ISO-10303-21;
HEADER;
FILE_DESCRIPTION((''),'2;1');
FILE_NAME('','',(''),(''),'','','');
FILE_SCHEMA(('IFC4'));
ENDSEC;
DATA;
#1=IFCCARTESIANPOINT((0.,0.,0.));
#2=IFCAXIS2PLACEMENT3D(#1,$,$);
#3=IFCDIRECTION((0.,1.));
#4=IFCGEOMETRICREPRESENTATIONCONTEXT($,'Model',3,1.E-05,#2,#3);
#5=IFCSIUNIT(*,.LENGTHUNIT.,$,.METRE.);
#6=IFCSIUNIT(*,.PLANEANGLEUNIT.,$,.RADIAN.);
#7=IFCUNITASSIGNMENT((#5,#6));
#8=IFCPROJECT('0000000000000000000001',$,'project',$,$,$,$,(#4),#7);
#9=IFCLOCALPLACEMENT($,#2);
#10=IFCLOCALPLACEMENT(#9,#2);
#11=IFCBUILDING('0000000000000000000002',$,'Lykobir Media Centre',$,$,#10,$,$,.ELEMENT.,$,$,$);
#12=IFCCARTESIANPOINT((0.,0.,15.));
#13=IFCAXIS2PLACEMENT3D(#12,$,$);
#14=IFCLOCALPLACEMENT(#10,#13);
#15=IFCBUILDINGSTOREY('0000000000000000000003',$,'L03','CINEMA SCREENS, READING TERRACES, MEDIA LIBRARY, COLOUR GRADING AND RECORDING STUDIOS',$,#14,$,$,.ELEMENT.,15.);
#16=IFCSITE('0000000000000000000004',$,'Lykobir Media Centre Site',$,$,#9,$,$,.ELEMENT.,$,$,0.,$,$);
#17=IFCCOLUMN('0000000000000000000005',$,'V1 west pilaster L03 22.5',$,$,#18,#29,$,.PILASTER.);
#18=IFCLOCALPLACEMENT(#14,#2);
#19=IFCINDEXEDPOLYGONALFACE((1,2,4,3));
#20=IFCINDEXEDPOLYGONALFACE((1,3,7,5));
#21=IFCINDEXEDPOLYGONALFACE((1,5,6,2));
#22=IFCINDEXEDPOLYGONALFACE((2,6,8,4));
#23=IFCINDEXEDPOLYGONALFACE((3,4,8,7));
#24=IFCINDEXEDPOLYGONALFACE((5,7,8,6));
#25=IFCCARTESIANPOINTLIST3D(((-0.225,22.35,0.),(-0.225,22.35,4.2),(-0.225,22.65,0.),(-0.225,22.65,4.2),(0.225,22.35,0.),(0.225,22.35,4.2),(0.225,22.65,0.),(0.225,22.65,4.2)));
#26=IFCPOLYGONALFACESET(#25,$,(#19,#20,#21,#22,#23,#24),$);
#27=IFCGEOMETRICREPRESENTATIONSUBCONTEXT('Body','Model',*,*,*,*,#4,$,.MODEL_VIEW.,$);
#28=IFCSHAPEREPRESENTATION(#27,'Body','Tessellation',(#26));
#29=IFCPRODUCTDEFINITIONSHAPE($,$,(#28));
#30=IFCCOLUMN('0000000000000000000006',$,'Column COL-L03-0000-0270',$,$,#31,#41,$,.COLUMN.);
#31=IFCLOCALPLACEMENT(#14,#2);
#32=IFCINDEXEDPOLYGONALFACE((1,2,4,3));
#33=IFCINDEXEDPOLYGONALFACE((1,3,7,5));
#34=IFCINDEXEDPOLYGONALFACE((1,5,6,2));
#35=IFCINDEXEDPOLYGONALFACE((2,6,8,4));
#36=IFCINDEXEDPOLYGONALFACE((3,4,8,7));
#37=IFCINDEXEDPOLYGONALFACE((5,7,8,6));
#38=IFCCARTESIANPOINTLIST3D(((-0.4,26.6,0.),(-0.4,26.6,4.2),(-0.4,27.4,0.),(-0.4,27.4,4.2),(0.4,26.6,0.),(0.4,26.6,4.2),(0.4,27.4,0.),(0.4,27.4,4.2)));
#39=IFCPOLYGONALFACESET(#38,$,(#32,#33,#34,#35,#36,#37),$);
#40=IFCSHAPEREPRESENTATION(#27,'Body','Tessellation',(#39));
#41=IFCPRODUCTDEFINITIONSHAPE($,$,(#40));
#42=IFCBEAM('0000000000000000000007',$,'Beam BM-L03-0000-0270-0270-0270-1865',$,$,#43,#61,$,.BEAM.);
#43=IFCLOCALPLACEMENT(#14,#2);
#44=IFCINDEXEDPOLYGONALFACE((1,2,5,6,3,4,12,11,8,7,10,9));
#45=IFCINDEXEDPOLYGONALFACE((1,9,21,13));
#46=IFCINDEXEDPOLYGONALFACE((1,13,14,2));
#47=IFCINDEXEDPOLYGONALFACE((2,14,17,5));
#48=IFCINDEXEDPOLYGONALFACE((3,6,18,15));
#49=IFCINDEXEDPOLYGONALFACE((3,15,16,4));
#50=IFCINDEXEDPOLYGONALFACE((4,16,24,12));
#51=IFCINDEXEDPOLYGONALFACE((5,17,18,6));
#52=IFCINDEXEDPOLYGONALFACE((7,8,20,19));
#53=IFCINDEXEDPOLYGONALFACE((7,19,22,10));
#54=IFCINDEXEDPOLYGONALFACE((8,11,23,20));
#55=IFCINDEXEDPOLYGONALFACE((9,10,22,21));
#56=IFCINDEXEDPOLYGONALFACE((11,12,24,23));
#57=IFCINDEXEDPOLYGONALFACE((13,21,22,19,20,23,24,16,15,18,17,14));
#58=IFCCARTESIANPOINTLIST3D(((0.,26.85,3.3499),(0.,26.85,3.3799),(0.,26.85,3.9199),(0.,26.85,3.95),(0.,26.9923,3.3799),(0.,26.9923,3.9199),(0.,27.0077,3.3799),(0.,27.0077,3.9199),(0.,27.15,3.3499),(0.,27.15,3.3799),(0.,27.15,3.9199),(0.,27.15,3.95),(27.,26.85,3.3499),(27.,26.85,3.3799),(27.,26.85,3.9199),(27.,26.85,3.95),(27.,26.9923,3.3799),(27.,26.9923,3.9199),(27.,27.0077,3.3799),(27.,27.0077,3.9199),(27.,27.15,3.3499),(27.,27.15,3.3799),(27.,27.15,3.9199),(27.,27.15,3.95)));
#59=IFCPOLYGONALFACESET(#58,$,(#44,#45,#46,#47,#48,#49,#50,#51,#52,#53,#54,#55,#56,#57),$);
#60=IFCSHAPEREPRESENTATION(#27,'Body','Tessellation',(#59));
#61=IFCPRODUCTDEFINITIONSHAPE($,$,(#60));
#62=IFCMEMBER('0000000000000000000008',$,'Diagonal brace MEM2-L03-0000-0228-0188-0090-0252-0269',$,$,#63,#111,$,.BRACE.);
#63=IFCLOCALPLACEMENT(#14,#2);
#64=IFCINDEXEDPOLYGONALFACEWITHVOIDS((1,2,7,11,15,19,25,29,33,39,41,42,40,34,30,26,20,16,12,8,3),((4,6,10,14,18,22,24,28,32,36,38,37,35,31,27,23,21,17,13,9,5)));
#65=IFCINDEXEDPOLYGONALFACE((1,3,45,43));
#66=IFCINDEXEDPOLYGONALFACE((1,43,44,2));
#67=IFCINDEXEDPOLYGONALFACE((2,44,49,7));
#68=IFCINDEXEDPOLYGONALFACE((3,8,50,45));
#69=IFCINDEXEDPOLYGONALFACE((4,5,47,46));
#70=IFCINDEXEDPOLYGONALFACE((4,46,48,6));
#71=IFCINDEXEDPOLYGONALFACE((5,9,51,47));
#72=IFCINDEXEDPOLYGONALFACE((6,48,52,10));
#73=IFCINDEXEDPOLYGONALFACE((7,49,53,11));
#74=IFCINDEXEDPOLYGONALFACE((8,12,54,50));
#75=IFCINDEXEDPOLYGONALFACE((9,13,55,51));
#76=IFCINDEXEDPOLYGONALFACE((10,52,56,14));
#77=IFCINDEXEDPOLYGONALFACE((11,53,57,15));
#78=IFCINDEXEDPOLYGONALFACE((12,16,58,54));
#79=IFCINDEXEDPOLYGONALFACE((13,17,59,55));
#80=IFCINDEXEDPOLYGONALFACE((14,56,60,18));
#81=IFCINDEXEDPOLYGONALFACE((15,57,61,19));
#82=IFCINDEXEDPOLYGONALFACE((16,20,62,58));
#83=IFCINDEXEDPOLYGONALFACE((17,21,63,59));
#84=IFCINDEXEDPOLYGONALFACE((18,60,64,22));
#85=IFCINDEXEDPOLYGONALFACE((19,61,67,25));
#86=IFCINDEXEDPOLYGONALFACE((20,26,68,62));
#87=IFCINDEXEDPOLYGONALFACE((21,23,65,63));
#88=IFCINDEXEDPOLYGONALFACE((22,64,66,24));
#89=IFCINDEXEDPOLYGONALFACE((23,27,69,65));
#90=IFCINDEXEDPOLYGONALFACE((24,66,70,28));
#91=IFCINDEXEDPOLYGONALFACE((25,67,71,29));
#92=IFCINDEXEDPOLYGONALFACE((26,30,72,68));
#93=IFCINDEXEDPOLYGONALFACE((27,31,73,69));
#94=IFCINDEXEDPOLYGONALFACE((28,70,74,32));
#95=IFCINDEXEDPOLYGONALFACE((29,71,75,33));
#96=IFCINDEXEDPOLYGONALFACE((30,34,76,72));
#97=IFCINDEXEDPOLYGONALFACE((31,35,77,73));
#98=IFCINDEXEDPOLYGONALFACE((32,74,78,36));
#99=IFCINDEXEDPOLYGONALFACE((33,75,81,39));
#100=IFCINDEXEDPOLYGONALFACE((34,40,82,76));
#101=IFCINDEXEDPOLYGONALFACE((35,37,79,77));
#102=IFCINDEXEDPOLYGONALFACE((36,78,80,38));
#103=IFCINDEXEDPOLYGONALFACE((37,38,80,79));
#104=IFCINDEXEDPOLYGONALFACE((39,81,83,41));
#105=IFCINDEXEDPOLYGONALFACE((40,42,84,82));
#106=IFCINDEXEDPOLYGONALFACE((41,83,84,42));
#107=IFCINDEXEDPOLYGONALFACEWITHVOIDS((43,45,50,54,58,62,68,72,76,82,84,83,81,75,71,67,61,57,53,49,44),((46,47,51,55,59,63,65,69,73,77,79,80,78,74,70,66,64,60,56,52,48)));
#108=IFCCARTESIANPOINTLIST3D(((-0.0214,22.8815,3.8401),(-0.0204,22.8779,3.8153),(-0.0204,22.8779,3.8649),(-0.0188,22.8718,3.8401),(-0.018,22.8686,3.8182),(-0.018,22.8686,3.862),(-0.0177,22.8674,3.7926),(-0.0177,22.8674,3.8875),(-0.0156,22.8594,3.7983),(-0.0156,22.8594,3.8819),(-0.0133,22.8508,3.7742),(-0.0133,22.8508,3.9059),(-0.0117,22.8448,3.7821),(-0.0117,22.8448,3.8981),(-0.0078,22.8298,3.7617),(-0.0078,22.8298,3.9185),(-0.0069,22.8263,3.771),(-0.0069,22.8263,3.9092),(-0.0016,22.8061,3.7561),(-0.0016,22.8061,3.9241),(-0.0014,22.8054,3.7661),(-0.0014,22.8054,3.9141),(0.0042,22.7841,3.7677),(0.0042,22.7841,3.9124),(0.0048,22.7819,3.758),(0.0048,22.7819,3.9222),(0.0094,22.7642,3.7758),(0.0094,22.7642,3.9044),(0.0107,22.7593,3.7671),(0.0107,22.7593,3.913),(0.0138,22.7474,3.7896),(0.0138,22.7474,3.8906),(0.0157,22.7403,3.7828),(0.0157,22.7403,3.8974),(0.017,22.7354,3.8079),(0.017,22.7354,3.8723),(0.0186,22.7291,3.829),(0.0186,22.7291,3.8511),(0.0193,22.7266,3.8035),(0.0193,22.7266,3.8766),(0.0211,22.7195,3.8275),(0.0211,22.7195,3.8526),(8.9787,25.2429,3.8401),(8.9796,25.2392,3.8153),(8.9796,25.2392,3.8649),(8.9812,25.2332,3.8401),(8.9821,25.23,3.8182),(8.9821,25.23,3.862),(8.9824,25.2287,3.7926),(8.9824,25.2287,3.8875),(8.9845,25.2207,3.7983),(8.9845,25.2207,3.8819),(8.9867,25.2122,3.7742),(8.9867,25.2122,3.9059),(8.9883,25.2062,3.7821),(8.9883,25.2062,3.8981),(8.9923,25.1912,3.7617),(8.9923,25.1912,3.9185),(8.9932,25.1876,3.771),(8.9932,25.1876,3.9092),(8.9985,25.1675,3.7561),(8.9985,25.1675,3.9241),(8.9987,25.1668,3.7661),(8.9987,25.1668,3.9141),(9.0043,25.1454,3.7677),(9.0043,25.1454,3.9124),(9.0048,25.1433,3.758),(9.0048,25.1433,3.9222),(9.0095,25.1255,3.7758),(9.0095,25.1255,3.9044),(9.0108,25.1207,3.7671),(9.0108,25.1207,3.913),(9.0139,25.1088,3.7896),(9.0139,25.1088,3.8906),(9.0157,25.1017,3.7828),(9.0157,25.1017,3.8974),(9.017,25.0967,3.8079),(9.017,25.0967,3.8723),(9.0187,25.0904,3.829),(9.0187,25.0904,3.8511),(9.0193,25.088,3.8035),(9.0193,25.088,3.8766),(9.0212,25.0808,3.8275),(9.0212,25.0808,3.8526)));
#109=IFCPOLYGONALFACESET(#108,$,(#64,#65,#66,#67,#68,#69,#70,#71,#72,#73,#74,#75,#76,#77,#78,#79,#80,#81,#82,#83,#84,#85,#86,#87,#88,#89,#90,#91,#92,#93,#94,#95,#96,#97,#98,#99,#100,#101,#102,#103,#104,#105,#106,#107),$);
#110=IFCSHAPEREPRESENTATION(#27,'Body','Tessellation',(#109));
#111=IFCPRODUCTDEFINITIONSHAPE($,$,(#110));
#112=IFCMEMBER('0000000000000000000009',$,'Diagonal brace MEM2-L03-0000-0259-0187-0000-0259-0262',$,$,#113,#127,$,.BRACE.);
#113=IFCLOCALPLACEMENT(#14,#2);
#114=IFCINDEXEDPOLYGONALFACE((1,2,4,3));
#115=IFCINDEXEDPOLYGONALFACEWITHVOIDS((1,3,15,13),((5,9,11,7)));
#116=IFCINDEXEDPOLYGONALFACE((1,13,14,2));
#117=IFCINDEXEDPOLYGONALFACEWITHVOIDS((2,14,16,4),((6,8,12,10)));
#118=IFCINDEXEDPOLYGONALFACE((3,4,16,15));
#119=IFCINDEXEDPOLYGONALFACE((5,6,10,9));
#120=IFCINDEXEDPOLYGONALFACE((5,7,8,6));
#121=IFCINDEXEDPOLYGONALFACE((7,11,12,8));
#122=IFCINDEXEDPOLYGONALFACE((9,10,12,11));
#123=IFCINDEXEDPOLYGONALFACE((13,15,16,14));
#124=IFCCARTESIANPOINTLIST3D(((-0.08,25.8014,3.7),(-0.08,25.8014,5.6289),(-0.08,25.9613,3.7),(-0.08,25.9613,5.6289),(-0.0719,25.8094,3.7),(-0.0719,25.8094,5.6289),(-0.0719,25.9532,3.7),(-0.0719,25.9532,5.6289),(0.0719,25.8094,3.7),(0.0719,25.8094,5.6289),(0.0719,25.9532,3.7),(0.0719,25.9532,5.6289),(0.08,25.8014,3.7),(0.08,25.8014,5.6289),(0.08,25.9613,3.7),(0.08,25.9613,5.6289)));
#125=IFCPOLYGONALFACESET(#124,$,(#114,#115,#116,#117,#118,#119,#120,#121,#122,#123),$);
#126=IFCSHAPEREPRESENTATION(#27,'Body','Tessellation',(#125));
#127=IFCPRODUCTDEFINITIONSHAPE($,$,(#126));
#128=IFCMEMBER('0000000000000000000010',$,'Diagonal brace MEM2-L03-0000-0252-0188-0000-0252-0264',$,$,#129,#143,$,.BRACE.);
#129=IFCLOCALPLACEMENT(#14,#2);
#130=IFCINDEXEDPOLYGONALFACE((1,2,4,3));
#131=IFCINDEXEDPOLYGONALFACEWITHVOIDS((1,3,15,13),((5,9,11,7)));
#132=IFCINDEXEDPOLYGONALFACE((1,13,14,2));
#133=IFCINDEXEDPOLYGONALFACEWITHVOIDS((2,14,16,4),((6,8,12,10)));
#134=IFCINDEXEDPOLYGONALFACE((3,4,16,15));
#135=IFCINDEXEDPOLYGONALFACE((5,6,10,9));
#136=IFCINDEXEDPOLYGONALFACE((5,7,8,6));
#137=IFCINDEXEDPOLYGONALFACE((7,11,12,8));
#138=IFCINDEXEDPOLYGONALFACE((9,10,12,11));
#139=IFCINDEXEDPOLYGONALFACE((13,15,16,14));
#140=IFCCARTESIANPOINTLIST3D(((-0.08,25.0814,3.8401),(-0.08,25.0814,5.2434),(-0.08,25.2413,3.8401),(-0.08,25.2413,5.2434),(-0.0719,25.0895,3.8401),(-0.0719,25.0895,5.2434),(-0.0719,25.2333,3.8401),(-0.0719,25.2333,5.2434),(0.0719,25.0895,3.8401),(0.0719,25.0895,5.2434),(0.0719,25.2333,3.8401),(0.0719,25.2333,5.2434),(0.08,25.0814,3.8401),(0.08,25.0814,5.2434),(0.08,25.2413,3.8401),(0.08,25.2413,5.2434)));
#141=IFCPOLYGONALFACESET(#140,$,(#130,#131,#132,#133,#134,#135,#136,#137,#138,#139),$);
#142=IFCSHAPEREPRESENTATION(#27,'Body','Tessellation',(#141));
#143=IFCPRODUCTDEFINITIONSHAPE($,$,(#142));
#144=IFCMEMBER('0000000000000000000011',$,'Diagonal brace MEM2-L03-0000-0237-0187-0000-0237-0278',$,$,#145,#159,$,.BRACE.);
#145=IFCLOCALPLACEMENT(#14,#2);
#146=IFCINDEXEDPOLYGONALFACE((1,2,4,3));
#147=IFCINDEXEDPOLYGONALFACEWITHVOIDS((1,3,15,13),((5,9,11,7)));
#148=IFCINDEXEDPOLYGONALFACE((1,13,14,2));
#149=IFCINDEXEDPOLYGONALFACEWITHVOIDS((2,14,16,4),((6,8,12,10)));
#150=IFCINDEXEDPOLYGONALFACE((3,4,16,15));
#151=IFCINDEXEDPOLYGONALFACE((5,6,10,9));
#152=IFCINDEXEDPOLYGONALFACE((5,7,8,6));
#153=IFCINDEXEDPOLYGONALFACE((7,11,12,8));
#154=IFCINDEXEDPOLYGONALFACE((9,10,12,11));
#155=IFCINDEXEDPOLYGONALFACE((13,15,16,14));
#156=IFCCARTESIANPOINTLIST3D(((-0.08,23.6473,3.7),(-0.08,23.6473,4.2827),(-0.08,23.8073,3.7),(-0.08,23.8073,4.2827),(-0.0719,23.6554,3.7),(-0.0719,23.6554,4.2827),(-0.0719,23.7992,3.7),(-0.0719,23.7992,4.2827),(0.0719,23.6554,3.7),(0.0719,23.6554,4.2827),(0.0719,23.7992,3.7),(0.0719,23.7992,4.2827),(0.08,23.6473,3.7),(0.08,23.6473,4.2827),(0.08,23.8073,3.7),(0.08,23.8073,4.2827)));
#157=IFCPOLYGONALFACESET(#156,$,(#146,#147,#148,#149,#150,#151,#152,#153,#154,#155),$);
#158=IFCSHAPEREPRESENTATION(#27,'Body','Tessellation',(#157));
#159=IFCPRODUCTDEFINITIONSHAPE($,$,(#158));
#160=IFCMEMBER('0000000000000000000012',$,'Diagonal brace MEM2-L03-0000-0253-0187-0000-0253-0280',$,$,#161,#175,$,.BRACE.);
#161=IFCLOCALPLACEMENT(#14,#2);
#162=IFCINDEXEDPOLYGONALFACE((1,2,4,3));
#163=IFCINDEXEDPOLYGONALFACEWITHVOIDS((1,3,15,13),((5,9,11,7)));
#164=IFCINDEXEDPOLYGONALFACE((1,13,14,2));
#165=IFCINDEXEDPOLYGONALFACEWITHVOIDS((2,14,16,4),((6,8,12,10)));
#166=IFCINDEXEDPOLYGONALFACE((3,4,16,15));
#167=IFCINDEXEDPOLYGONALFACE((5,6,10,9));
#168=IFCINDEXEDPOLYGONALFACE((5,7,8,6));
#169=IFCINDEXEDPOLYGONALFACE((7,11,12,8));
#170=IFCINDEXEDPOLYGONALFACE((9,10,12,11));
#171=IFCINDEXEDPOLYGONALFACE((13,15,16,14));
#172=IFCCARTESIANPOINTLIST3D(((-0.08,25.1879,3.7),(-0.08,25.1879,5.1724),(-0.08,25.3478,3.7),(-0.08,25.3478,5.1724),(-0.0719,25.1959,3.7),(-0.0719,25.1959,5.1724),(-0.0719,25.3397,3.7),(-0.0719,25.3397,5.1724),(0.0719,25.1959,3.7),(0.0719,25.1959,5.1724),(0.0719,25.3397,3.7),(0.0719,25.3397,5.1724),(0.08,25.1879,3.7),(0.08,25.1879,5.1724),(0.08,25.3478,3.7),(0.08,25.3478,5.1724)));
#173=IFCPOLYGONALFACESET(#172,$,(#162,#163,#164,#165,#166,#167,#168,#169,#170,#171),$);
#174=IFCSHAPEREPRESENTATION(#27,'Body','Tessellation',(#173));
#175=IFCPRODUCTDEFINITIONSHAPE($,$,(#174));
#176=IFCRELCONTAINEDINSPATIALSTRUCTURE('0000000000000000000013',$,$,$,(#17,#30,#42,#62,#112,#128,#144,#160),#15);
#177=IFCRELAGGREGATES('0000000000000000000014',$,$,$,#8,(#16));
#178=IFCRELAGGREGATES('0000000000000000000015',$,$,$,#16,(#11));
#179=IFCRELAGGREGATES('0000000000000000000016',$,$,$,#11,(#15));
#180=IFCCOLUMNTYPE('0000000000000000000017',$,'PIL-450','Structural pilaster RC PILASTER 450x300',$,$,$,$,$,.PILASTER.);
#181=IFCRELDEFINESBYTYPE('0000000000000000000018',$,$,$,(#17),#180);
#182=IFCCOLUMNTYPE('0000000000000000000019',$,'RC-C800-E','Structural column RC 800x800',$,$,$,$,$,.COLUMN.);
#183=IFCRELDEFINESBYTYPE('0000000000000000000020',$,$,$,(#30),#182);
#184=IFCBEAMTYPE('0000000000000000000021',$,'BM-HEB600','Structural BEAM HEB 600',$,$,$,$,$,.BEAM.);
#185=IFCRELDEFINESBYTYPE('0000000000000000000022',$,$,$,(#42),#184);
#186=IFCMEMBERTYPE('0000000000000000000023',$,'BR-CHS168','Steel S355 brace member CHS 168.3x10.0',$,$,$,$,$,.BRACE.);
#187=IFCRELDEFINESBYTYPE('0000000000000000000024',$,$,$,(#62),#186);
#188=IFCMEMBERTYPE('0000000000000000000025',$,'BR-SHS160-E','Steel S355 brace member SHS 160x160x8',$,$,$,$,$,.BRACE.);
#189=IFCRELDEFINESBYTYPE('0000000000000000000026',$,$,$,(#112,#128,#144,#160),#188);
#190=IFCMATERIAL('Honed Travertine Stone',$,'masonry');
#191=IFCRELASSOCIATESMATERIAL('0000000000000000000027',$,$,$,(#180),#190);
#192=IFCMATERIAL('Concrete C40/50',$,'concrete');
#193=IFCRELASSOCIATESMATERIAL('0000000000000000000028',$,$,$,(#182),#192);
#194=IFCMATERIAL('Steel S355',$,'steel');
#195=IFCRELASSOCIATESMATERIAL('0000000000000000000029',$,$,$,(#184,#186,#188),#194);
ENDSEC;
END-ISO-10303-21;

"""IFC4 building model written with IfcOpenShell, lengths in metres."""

from ifc_helpers import new_model, si_unit, direction, frame, origin, origin_2d, place, context, subcontext, project, spatial, rectangle, hollow_rectangle, hollow_circle, i_section, extrude, material, material_profile, profile_set, type_object, element, save


model = new_model("IFC4")

# Units and contexts
model_context = context("Model", 3, precision=1e-05, world=origin(), true_north=direction((0.0, 1.0)))
body_context = subcontext(model_context, "Body", "Model", "MODEL_VIEW")
ifc_project = project(units=[si_unit("LENGTHUNIT", "METRE"), si_unit("PLANEANGLEUNIT", "RADIAN")], contexts=[model_context])

# Site, building, storey
site_placement = place(None, origin())
site = spatial("IfcSite", under=ifc_project, at=site_placement, Name="Lykobir Media Centre Site", CompositionType="ELEMENT", RefElevation=0.0)
building_placement = place(site_placement, origin())
building = spatial("IfcBuilding", under=site, at=building_placement, Name="Lykobir Media Centre", CompositionType="ELEMENT")
storey_placement = place(building_placement, frame((0.0, 0.0, 15.0)))
storey = spatial("IfcBuildingStorey", under=building, at=storey_placement, Name="L03", Description="CINEMA SCREENS, READING TERRACES, MEDIA LIBRARY, COLOUR GRADING AND RECORDING STUDIOS", CompositionType="ELEMENT", Elevation=15.0)

# Columns
ifc_material_1 = material(Name="Honed Travertine Stone", Category="masonry")
ifc_material_profile_1 = material_profile(ifc_material_1, rectangle(XDim=0.3, YDim=0.45, at=origin_2d()), Name="RC PILASTER 450x300")
ifc_profile_set_1 = profile_set([ifc_material_profile_1], Name="Honed Travertine Stone")
column_type_1 = type_object("IfcColumnType", Name="PIL-450", Description="Structural pilaster RC PILASTER 450x300", PredefinedType="PILASTER", material=ifc_profile_set_1)
column_1_placement = place(storey_placement, frame((0.0, 22.5, 0.0), z_axis=(0.0, 0.0, 1.0), x_axis=(0.0, 1.0, 0.0)))
element("IfcColumn", 1, at=column_1_placement, inside=storey, type_object=column_type_1, Name="V1 west pilaster L03 22.5", PredefinedType="PILASTER", context=body_context, shape_type="SweptSolid", body=[
    extrude(rectangle(XDim=0.3, YDim=0.45, at=origin_2d()), origin(), (0.0, 0.0, 1.0), 4.2),
])
ifc_material_2 = material(Name="Concrete C40/50", Category="concrete")
ifc_material_profile_2 = material_profile(ifc_material_2, rectangle(XDim=0.8, YDim=0.8, at=origin_2d()), Name="RC 800x800")
ifc_profile_set_2 = profile_set([ifc_material_profile_2], Name="Concrete C40/50")
column_type_2 = type_object("IfcColumnType", Name="RC-C800-E", Description="Structural column RC 800x800", PredefinedType="COLUMN", material=ifc_profile_set_2)
column_2_placement = place(storey_placement, frame((0.0, 27.0, 0.0), z_axis=(0.0, 0.0, 1.0), x_axis=(1.0, 0.0, 0.0)))
element("IfcColumn", 2, at=column_2_placement, inside=storey, type_object=column_type_2, Name="Column COL-L03-0000-0270", PredefinedType="COLUMN", context=body_context, shape_type="SweptSolid", body=[
    extrude(rectangle(XDim=0.8, YDim=0.8, at=origin_2d()), origin(), (0.0, 0.0, 1.0), 4.2),
])

# Beam
ifc_material_3 = material(Name="Steel S355", Category="steel")
ifc_material_profile_3 = material_profile(ifc_material_3, i_section(OverallWidth=0.3, OverallDepth=0.6001, WebThickness=0.0154, FlangeThickness=0.03, at=origin_2d()), Name="HEB 600")
ifc_profile_set_3 = profile_set([ifc_material_profile_3], Name="Steel S355")
beam_type_1 = type_object("IfcBeamType", Name="BM-HEB600", Description="Structural BEAM HEB 600", PredefinedType="BEAM", material=ifc_profile_set_3)
beam_1_placement = place(storey_placement, frame((0.0, 27.0, 3.6499), z_axis=(1.0, 0.0, 0.0), x_axis=(0.0, 1.0, 0.0)))
element("IfcBeam", 3, at=beam_1_placement, inside=storey, type_object=beam_type_1, Name="Beam BM-L03-0000-0270-0270-0270-1865", PredefinedType="BEAM", context=body_context, shape_type="SweptSolid", body=[
    extrude(i_section(OverallWidth=0.3, OverallDepth=0.6001, WebThickness=0.0154, FlangeThickness=0.03, at=origin_2d()), origin(), (0.0, 0.0, 1.0), 27.0),
])

# Members
ifc_material_profile_4 = material_profile(ifc_material_3, hollow_circle(Radius=0.0842, WallThickness=0.01, at=origin_2d()), Name="CHS 168.3x10.0")
ifc_profile_set_4 = profile_set([ifc_material_profile_4], Name="Steel S355")
member_type_1 = type_object("IfcMemberType", Name="BR-CHS168", Description="Steel S355 brace member CHS 168.3x10.0", PredefinedType="BRACE", material=ifc_profile_set_4)
member_1_placement = place(storey_placement, frame((0.0, 22.8, 3.8401), z_axis=(0.967262, 0.25378, 0.0), x_axis=(-0.25378, 0.967262, 0.0)))
element("IfcMember", 4, at=member_1_placement, inside=storey, type_object=member_type_1, Name="Diagonal brace MEM2-L03-0000-0228-0188-0090-0252-0269", PredefinedType="BRACE", context=body_context, shape_type="SweptSolid", body=[
    extrude(hollow_circle(Radius=0.0842, WallThickness=0.01, at=origin_2d()), origin(), (0.0, 0.0, 1.0), 9.3047),
])
ifc_material_profile_5 = material_profile(ifc_material_3, hollow_rectangle(XDim=0.1599, YDim=0.1599, WallThickness=0.0081, at=origin_2d()), Name="SHS 160x160x8")
ifc_profile_set_5 = profile_set([ifc_material_profile_5], Name="Steel S355")
member_type_2 = type_object("IfcMemberType", Name="BR-SHS160-E", Description="Steel S355 brace member SHS 160x160x8", PredefinedType="BRACE", material=ifc_profile_set_5)
member_2_placement = place(storey_placement, frame((0.0, 25.8813, 3.7), z_axis=(0.0, 0.0, 1.0), x_axis=(1.0, 0.0, 0.0)))
element("IfcMember", 5, at=member_2_placement, inside=storey, type_object=member_type_2, Name="Diagonal brace MEM2-L03-0000-0259-0187-0000-0259-0262", PredefinedType="BRACE", context=body_context, shape_type="SweptSolid", body=[
    extrude(hollow_rectangle(XDim=0.1599, YDim=0.1599, WallThickness=0.0081, at=origin_2d()), origin(), (0.0, 0.0, 1.0), 1.929),
])
member_3_placement = place(storey_placement, frame((0.0, 25.1614, 3.8401), z_axis=(0.0, 0.0, 1.0), x_axis=(1.0, 0.0, 0.0)))
element("IfcMember", 6, at=member_3_placement, inside=storey, type_object=member_type_2, Name="Diagonal brace MEM2-L03-0000-0252-0188-0000-0252-0264", PredefinedType="BRACE", context=body_context, shape_type="SweptSolid", body=[
    extrude(hollow_rectangle(XDim=0.1599, YDim=0.1599, WallThickness=0.0081, at=origin_2d()), origin(), (0.0, 0.0, 1.0), 1.4033),
])
member_4_placement = place(storey_placement, frame((0.0, 23.7273, 3.7), z_axis=(0.0, 0.0, 1.0), x_axis=(1.0, 0.0, 0.0)))
element("IfcMember", 7, at=member_4_placement, inside=storey, type_object=member_type_2, Name="Diagonal brace MEM2-L03-0000-0237-0187-0000-0237-0278", PredefinedType="BRACE", context=body_context, shape_type="SweptSolid", body=[
    extrude(hollow_rectangle(XDim=0.1599, YDim=0.1599, WallThickness=0.0081, at=origin_2d()), origin(), (0.0, 0.0, 1.0), 0.5828),
])
member_5_placement = place(storey_placement, frame((0.0, 25.2678, 3.7), z_axis=(0.0, 0.0, 1.0), x_axis=(1.0, 0.0, 0.0)))
element("IfcMember", 8, at=member_5_placement, inside=storey, type_object=member_type_2, Name="Diagonal brace MEM2-L03-0000-0253-0187-0000-0253-0280", PredefinedType="BRACE", context=body_context, shape_type="SweptSolid", body=[
    extrude(hollow_rectangle(XDim=0.1599, YDim=0.1599, WallThickness=0.0081, at=origin_2d()), origin(), (0.0, 0.0, 1.0), 1.4724),
])

save(model, "model.ifc")
